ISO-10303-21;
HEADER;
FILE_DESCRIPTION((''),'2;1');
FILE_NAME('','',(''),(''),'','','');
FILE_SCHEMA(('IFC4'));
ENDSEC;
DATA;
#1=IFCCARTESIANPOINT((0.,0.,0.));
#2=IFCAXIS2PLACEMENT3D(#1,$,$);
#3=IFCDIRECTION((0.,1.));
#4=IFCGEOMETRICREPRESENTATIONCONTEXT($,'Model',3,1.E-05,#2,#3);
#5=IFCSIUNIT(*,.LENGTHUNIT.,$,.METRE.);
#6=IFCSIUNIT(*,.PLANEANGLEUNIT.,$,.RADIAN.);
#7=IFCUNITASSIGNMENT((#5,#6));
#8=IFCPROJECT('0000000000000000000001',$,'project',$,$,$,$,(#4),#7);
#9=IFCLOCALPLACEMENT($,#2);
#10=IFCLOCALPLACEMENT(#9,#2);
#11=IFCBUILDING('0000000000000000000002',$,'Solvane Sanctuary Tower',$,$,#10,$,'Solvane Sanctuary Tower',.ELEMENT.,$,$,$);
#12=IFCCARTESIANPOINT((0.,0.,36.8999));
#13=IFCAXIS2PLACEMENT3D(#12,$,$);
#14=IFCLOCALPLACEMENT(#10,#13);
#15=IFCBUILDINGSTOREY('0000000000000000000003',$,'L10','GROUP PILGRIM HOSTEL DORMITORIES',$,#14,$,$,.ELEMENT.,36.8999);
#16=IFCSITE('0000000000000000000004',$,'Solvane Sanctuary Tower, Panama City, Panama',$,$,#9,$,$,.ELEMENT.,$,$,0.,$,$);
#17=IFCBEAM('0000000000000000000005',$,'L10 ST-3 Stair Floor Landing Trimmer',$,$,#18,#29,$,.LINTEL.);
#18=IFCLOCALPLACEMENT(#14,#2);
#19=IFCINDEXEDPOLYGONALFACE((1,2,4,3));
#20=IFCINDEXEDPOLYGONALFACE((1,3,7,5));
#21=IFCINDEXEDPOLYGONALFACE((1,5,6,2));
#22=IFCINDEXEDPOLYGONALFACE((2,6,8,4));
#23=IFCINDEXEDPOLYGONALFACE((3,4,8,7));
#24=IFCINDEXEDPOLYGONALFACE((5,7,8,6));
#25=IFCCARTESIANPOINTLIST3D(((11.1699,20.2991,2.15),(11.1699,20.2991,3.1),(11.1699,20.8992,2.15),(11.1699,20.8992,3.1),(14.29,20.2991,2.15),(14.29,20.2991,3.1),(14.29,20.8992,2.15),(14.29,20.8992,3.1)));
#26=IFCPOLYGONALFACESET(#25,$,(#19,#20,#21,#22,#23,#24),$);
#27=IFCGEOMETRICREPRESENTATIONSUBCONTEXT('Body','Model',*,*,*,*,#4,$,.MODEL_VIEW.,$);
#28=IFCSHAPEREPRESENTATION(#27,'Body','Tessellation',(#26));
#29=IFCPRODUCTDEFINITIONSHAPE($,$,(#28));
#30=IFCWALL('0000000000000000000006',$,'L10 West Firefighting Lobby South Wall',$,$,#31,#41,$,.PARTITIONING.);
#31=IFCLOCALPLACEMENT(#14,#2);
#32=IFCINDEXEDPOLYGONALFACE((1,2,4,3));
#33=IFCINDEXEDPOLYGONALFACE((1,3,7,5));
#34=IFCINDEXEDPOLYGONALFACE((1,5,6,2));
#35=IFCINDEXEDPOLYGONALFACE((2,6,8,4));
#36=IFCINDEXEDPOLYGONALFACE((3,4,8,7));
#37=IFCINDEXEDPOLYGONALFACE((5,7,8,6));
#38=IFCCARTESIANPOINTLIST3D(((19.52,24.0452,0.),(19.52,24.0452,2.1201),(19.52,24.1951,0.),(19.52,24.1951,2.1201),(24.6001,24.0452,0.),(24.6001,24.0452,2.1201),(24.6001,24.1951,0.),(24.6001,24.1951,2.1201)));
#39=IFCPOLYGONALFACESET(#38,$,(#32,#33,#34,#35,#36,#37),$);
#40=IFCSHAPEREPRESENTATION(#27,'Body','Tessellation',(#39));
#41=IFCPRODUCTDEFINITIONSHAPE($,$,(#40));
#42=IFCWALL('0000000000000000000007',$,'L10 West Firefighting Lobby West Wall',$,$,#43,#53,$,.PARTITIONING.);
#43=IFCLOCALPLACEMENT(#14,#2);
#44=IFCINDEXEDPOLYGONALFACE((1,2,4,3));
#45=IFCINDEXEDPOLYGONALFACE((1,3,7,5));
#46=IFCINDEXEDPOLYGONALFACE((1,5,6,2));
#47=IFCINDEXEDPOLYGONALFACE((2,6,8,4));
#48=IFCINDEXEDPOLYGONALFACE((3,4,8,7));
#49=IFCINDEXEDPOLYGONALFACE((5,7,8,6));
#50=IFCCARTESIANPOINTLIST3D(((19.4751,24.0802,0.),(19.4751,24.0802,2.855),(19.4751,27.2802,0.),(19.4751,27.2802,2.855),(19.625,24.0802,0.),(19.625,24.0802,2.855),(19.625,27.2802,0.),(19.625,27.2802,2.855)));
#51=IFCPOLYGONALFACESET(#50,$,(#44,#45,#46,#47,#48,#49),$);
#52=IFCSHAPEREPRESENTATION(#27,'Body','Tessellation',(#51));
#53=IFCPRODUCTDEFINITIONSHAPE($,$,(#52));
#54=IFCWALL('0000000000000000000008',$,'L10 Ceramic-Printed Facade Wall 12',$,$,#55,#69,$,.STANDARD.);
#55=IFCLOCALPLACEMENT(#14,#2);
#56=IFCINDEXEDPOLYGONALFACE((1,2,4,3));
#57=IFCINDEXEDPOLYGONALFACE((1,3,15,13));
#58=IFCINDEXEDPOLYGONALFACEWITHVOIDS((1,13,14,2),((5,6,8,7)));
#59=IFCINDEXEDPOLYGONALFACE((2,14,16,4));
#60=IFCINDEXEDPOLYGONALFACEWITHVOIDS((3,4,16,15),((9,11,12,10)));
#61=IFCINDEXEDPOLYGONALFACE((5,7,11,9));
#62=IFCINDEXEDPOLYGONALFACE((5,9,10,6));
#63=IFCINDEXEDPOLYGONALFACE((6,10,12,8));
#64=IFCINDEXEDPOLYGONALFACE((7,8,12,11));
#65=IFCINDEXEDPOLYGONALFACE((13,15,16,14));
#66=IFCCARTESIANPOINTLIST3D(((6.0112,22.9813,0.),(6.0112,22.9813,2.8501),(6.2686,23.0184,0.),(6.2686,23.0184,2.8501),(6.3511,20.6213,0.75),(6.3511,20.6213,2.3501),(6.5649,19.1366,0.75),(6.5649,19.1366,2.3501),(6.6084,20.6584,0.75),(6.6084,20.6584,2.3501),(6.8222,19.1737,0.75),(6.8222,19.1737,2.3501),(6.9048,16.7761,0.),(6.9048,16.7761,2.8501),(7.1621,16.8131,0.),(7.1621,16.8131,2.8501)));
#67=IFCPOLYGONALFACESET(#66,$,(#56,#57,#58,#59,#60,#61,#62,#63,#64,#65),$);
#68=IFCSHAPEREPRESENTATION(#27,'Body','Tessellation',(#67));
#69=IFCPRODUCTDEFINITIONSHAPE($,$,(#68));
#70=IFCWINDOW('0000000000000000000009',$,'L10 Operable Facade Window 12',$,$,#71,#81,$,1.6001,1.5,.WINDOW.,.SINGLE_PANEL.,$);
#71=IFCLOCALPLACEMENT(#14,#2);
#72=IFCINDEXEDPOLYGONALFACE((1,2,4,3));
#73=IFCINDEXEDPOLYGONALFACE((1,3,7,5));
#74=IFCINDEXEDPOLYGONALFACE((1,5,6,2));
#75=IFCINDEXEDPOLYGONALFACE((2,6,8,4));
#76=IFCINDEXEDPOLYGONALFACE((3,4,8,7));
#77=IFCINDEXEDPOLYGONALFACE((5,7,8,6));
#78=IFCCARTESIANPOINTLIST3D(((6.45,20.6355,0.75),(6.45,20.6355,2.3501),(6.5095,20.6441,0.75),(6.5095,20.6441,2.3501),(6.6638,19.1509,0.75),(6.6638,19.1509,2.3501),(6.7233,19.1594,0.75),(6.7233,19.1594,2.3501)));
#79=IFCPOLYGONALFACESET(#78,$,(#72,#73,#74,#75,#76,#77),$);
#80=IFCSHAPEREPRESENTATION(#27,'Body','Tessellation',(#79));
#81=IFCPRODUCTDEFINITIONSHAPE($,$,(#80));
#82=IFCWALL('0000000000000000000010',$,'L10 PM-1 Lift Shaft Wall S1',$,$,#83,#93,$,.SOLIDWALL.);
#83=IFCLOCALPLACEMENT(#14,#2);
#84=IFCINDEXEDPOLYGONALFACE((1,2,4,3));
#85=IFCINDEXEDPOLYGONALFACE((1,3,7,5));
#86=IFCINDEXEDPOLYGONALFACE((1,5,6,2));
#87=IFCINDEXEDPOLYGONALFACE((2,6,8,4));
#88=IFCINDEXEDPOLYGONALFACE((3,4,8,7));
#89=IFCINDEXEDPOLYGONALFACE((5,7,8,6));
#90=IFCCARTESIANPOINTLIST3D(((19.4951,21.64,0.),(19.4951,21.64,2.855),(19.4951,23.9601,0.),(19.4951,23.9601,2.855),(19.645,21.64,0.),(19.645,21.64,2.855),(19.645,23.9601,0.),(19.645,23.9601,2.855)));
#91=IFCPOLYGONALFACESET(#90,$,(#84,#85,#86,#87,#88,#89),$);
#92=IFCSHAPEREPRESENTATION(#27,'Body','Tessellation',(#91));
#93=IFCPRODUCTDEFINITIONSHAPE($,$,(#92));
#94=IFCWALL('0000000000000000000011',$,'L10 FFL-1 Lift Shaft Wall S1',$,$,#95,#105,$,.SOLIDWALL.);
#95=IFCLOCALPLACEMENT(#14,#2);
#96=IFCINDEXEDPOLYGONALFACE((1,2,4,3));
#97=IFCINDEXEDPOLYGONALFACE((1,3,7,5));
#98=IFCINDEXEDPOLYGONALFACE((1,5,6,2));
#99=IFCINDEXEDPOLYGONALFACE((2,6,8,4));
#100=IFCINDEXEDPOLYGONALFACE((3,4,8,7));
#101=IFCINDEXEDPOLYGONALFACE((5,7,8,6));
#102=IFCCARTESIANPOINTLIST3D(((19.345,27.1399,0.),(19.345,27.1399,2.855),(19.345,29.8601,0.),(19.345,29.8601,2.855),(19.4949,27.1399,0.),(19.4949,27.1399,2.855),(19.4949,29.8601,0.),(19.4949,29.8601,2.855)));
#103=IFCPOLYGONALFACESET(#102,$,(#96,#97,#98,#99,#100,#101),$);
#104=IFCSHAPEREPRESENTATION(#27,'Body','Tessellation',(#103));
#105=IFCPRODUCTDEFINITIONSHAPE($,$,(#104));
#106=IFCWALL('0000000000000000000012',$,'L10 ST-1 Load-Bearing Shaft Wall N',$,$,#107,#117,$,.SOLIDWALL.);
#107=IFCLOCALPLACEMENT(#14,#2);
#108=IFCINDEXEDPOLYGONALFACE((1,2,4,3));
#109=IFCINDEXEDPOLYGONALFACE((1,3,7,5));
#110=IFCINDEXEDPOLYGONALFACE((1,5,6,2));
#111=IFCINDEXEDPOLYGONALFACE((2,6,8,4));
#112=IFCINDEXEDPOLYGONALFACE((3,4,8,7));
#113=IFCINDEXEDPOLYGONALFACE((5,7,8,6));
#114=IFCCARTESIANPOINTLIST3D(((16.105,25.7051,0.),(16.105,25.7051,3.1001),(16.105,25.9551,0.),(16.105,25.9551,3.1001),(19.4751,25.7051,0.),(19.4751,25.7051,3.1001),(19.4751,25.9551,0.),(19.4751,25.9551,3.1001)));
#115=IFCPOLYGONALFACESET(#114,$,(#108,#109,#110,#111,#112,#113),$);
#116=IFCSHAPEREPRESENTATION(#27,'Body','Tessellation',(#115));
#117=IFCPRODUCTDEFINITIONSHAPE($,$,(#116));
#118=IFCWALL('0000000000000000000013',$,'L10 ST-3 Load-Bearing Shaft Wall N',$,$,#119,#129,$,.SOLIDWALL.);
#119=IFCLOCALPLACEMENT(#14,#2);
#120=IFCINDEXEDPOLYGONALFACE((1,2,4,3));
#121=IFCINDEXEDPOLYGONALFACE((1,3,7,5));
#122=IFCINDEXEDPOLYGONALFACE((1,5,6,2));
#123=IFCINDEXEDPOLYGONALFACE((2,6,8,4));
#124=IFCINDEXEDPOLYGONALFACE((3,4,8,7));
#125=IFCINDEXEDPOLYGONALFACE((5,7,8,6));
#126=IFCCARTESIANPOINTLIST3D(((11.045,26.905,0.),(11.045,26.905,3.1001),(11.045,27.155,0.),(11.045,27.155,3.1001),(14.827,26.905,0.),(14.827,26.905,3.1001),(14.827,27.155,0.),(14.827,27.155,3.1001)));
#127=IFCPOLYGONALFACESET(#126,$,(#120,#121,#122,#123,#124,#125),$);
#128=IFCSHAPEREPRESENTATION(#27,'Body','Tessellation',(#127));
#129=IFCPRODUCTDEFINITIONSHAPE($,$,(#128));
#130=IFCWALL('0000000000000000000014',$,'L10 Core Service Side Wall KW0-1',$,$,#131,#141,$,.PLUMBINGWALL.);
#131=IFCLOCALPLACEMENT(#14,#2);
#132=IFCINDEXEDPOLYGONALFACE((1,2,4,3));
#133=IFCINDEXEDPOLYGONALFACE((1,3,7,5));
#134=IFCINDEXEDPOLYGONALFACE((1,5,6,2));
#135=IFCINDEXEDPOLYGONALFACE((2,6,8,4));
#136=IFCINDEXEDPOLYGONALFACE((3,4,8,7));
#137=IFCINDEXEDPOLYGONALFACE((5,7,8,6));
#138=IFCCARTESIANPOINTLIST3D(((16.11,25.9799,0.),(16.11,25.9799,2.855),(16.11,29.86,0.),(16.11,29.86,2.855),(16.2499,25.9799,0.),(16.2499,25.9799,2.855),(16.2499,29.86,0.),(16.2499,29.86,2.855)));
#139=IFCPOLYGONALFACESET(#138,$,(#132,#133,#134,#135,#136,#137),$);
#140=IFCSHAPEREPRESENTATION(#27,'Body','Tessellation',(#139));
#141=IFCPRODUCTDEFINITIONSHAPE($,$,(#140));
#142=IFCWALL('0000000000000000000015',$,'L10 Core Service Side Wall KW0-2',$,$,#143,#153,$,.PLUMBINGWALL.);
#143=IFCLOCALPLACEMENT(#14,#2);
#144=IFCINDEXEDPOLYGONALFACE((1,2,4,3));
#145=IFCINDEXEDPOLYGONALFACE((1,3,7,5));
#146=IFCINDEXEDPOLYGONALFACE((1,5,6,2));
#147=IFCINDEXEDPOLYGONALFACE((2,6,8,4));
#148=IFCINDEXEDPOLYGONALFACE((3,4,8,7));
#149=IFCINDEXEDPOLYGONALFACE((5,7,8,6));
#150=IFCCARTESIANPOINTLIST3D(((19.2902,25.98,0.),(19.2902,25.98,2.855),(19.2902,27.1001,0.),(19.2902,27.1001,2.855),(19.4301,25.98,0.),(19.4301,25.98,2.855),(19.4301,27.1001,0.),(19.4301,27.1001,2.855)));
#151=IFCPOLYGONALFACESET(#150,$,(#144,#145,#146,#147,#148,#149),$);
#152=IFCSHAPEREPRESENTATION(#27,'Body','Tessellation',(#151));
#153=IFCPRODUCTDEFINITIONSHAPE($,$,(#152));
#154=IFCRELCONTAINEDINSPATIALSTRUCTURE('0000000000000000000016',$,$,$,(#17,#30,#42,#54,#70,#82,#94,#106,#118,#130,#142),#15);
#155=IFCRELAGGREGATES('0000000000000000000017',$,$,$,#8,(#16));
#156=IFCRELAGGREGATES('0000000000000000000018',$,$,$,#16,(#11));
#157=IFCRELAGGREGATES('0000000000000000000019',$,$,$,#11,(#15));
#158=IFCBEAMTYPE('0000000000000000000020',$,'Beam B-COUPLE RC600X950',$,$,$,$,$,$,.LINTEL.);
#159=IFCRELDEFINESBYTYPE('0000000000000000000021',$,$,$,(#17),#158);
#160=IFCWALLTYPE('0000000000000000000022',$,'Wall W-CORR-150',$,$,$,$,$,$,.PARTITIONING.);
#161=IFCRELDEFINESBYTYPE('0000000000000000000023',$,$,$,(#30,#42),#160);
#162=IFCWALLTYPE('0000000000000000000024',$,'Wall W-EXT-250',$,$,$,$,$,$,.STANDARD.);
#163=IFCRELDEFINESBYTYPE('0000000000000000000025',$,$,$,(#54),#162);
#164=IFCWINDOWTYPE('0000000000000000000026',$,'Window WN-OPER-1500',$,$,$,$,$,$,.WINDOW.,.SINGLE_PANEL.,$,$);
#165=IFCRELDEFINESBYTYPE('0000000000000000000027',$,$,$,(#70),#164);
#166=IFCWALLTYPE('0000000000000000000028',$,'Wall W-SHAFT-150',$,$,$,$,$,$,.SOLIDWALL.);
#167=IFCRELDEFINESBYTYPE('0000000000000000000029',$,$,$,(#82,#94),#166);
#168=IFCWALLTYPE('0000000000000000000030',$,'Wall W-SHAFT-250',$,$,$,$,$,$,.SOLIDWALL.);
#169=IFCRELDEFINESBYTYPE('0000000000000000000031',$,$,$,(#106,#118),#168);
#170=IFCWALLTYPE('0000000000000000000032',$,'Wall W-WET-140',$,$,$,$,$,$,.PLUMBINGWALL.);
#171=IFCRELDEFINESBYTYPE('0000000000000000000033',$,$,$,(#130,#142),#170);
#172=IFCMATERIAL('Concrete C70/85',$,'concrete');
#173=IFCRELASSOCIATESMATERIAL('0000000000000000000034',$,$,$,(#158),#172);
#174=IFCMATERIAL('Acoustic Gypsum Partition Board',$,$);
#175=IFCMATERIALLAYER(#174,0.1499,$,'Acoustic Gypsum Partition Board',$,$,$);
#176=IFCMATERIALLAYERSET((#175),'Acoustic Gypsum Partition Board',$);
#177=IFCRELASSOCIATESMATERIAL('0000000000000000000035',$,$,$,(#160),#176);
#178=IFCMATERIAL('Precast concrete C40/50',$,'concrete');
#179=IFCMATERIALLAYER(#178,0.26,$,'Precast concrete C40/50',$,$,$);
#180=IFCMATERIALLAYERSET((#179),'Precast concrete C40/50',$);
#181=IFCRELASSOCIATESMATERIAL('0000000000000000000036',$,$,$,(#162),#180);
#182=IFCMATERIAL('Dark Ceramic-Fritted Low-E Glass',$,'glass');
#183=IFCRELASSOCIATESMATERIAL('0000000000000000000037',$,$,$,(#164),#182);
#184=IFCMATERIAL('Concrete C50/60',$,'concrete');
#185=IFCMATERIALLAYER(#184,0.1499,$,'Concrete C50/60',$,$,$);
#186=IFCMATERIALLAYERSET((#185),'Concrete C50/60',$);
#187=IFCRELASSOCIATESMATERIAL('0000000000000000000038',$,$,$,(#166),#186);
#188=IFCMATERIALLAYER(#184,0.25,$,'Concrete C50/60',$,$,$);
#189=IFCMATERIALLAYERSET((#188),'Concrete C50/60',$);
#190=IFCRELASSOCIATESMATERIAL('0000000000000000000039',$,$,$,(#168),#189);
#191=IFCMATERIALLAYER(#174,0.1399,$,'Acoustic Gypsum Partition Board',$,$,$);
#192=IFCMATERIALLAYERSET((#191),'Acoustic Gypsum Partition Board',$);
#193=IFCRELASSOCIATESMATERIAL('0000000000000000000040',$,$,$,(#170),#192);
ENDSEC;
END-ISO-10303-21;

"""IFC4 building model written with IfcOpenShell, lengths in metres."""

from ifc_helpers import new_model, si_unit, direction, frame, frame_2d, origin, origin_2d, place, context, subcontext, project, spatial, rectangle, extrude, material, layer, layer_set, material_profile, profile_set, type_object, element, fill, save


model = new_model("IFC4")

# Units and contexts
model_context = context("Model", 3, precision=1e-05, world=origin(), true_north=direction((0.0, 1.0)))
body_context = subcontext(model_context, "Body", "Model", "MODEL_VIEW")
ifc_project = project(units=[si_unit("LENGTHUNIT", "METRE"), si_unit("PLANEANGLEUNIT", "RADIAN")], contexts=[model_context])

# Site, building, storey
site_placement = place(None, origin())
site = spatial("IfcSite", under=ifc_project, at=site_placement, Name="Solvane Sanctuary Tower, Panama City, Panama", CompositionType="ELEMENT", RefElevation=0.0)
building_placement = place(site_placement, origin())
building = spatial("IfcBuilding", under=site, at=building_placement, Name="Solvane Sanctuary Tower", LongName="Solvane Sanctuary Tower", CompositionType="ELEMENT")
storey_placement = place(building_placement, frame((0.0, 0.0, 36.8999)))
storey = spatial("IfcBuildingStorey", under=building, at=storey_placement, Name="L10", Description="GROUP PILGRIM HOSTEL DORMITORIES", CompositionType="ELEMENT", Elevation=36.8999)

# Beam
ifc_material_1 = material(Name="Concrete C70/85", Category="concrete")
ifc_material_profile = material_profile(ifc_material_1, rectangle(XDim=0.6001, YDim=0.95, at=origin_2d()), Name="RC600X950")
ifc_profile_set = profile_set([ifc_material_profile], Name="Concrete C70/85")
beam_type = type_object("IfcBeamType", Name="Beam B-COUPLE RC600X950", PredefinedType="LINTEL", material=ifc_profile_set)
beam_placement = place(storey_placement, frame((11.1699, 20.5991, 2.625), z_axis=(1.0, 0.0, 0.0), x_axis=(0.0, 1.0, 0.0)))
element("IfcBeam", 1, at=beam_placement, inside=storey, type_object=beam_type, Name="L10 ST-3 Stair Floor Landing Trimmer", PredefinedType="LINTEL", context=body_context, shape_type="SweptSolid", body=[
    extrude(rectangle(XDim=0.6001, YDim=0.95, at=origin_2d()), origin(), (0.0, 0.0, 1.0), 3.1201),
])

# Walls
ifc_material_2 = material(Name="Acoustic Gypsum Partition Board")
ifc_layer_1 = layer(ifc_material_2, 0.1499, Name="Acoustic Gypsum Partition Board")
ifc_layer_set_1 = layer_set([ifc_layer_1], Name="Acoustic Gypsum Partition Board")
wall_type_1 = type_object("IfcWallType", Name="Wall W-CORR-150", PredefinedType="PARTITIONING", material=ifc_layer_set_1)
wall_1_placement = place(storey_placement, frame((19.52, 24.1201, 0.0), z_axis=(0.0, 0.0, 1.0), x_axis=(1.0, 0.0, 0.0)))
element("IfcWall", 2, at=wall_1_placement, inside=storey, type_object=wall_type_1, Name="L10 West Firefighting Lobby South Wall", PredefinedType="PARTITIONING", context=body_context, shape_type="SweptSolid", body=[
    extrude(rectangle(XDim=5.0801, YDim=0.1499, at=frame_2d((2.54, 0.0))), origin(), (0.0, 0.0, 1.0), 2.1201),
])
wall_2_placement = place(storey_placement, frame((19.55, 24.0801, 0.0), z_axis=(0.0, 0.0, 1.0), x_axis=(0.0, 1.0, 0.0)))
element("IfcWall", 3, at=wall_2_placement, inside=storey, type_object=wall_type_1, Name="L10 West Firefighting Lobby West Wall", PredefinedType="PARTITIONING", context=body_context, shape_type="SweptSolid", body=[
    extrude(rectangle(XDim=3.2, YDim=0.1499, at=frame_2d((1.6001, 0.0))), origin(), (0.0, 0.0, 1.0), 2.855),
])

# Wall, opening, window
ifc_material_3 = material(Name="Precast concrete C40/50", Category="concrete")
ifc_layer_2 = layer(ifc_material_3, 0.26, Name="Precast concrete C40/50")
ifc_layer_set_2 = layer_set([ifc_layer_2], Name="Precast concrete C40/50")
wall_type_2 = type_object("IfcWallType", Name="Wall W-EXT-250", PredefinedType="STANDARD", material=ifc_layer_set_2)
wall_3_placement = place(storey_placement, frame((6.1399, 23.0, 0.0), z_axis=(0.0, 0.0, 1.0), x_axis=(0.142528, -0.989791, 0.0)))
wall_3 = element("IfcWall", 4, at=wall_3_placement, inside=storey, type_object=wall_type_2, Name="L10 Ceramic-Printed Facade Wall 12", PredefinedType="STANDARD", context=body_context, shape_type="SweptSolid", body=[
    extrude(rectangle(XDim=6.2693, YDim=0.26, at=frame_2d((3.1348, 0.0))), origin(), (0.0, 0.0, 1.0), 2.8501),
])
opening_placement = place(wall_3_placement, frame((2.3845, 0.0, 0.75)))
opening = element("IfcOpeningElement", 5, at=opening_placement, cuts=wall_3, PredefinedType="OPENING", context=body_context, shape_type="SweptSolid", body=[
    extrude(rectangle(XDim=1.5, YDim=1.6001, at=frame_2d((0.75, 0.8))), frame((0.0, 0.1399, 0.0), z_axis=(0.0, -1.0, 0.0), x_axis=(1.0, 0.0, 0.0)), (0.0, 0.0, 1.0), 0.28),
])
ifc_material_4 = material(Name="Dark Ceramic-Fritted Low-E Glass", Category="glass")
window_type = type_object("IfcWindowType", Name="Window WN-OPER-1500", PartitioningType="SINGLE_PANEL", PredefinedType="WINDOW", material=ifc_material_4)
window_placement = place(opening_placement, origin())
window = element("IfcWindow", 6, at=window_placement, inside=storey, type_object=window_type, Name="L10 Operable Facade Window 12", OverallHeight=1.6001, OverallWidth=1.5, PartitioningType="SINGLE_PANEL", PredefinedType="WINDOW", context=body_context, shape_type="SweptSolid", body=[
    extrude(rectangle(XDim=1.5, YDim=1.6001, at=frame_2d((0.75, 0.8))), frame((0.0, 0.03, 0.0), z_axis=(0.0, -1.0, 0.0), x_axis=(1.0, 0.0, 0.0)), (0.0, 0.0, 1.0), 0.0601),
])
fill(opening, window)

# Walls
ifc_material_5 = material(Name="Concrete C50/60", Category="concrete")
ifc_layer_3 = layer(ifc_material_5, 0.1499, Name="Concrete C50/60")
ifc_layer_set_3 = layer_set([ifc_layer_3], Name="Concrete C50/60")
wall_type_3 = type_object("IfcWallType", Name="Wall W-SHAFT-150", PredefinedType="SOLIDWALL", material=ifc_layer_set_3)
wall_4_placement = place(storey_placement, frame((19.5701, 21.6399, 0.0), z_axis=(0.0, 0.0, 1.0), x_axis=(0.0, 1.0, 0.0)))
element("IfcWall", 7, at=wall_4_placement, inside=storey, type_object=wall_type_3, Name="L10 PM-1 Lift Shaft Wall S1", PredefinedType="SOLIDWALL", context=body_context, shape_type="SweptSolid", body=[
    extrude(rectangle(XDim=2.3201, YDim=0.1499, at=frame_2d((1.1602, 0.0))), origin(), (0.0, 0.0, 1.0), 2.855),
])
wall_5_placement = place(storey_placement, frame((19.4199, 27.1399, 0.0), z_axis=(0.0, 0.0, 1.0), x_axis=(0.0, 1.0, 0.0)))
element("IfcWall", 8, at=wall_5_placement, inside=storey, type_object=wall_type_3, Name="L10 FFL-1 Lift Shaft Wall S1", PredefinedType="SOLIDWALL", context=body_context, shape_type="SweptSolid", body=[
    extrude(rectangle(XDim=2.7202, YDim=0.1499, at=frame_2d((1.3601, 0.0))), origin(), (0.0, 0.0, 1.0), 2.855),
])
ifc_layer_4 = layer(ifc_material_5, 0.25, Name="Concrete C50/60")
ifc_layer_set_4 = layer_set([ifc_layer_4], Name="Concrete C50/60")
wall_type_4 = type_object("IfcWallType", Name="Wall W-SHAFT-250", PredefinedType="SOLIDWALL", material=ifc_layer_set_4)
wall_6_placement = place(storey_placement, frame((16.105, 25.8301, 0.0), z_axis=(0.0, 0.0, 1.0), x_axis=(1.0, 0.0, 0.0)))
element("IfcWall", 9, at=wall_6_placement, inside=storey, type_object=wall_type_4, Name="L10 ST-1 Load-Bearing Shaft Wall N", PredefinedType="SOLIDWALL", context=body_context, shape_type="SweptSolid", body=[
    extrude(rectangle(XDim=3.3701, YDim=0.25, at=frame_2d((1.6851, 0.0))), origin(), (0.0, 0.0, 1.0), 3.1001),
])
wall_7_placement = place(storey_placement, frame((11.0449, 27.03, 0.0), z_axis=(0.0, 0.0, 1.0), x_axis=(1.0, 0.0, 0.0)))
element("IfcWall", 10, at=wall_7_placement, inside=storey, type_object=wall_type_4, Name="L10 ST-3 Load-Bearing Shaft Wall N", PredefinedType="SOLIDWALL", context=body_context, shape_type="SweptSolid", body=[
    extrude(rectangle(XDim=3.782, YDim=0.25, at=frame_2d((1.8911, 0.0))), origin(), (0.0, 0.0, 1.0), 3.1001),
])
ifc_layer_5 = layer(ifc_material_2, 0.1399, Name="Acoustic Gypsum Partition Board")
ifc_layer_set_5 = layer_set([ifc_layer_5], Name="Acoustic Gypsum Partition Board")
wall_type_5 = type_object("IfcWallType", Name="Wall W-WET-140", PredefinedType="PLUMBINGWALL", material=ifc_layer_set_5)
wall_8_placement = place(storey_placement, frame((16.1799, 25.98, 0.0), z_axis=(0.0, 0.0, 1.0), x_axis=(0.0, 1.0, 0.0)))
element("IfcWall", 11, at=wall_8_placement, inside=storey, type_object=wall_type_5, Name="L10 Core Service Side Wall KW0-1", PredefinedType="PLUMBINGWALL", context=body_context, shape_type="SweptSolid", body=[
    extrude(rectangle(XDim=3.8801, YDim=0.1399, at=frame_2d((1.9399, 0.0))), origin(), (0.0, 0.0, 1.0), 2.855),
])
wall_9_placement = place(storey_placement, frame((19.3601, 25.98, 0.0), z_axis=(0.0, 0.0, 1.0), x_axis=(0.0, 1.0, 0.0)))
element("IfcWall", 12, at=wall_9_placement, inside=storey, type_object=wall_type_5, Name="L10 Core Service Side Wall KW0-2", PredefinedType="PLUMBINGWALL", context=body_context, shape_type="SweptSolid", body=[
    extrude(rectangle(XDim=1.1201, YDim=0.1399, at=frame_2d((0.5601, 0.0))), origin(), (0.0, 0.0, 1.0), 2.855),
])

save(model, "model.ifc")
